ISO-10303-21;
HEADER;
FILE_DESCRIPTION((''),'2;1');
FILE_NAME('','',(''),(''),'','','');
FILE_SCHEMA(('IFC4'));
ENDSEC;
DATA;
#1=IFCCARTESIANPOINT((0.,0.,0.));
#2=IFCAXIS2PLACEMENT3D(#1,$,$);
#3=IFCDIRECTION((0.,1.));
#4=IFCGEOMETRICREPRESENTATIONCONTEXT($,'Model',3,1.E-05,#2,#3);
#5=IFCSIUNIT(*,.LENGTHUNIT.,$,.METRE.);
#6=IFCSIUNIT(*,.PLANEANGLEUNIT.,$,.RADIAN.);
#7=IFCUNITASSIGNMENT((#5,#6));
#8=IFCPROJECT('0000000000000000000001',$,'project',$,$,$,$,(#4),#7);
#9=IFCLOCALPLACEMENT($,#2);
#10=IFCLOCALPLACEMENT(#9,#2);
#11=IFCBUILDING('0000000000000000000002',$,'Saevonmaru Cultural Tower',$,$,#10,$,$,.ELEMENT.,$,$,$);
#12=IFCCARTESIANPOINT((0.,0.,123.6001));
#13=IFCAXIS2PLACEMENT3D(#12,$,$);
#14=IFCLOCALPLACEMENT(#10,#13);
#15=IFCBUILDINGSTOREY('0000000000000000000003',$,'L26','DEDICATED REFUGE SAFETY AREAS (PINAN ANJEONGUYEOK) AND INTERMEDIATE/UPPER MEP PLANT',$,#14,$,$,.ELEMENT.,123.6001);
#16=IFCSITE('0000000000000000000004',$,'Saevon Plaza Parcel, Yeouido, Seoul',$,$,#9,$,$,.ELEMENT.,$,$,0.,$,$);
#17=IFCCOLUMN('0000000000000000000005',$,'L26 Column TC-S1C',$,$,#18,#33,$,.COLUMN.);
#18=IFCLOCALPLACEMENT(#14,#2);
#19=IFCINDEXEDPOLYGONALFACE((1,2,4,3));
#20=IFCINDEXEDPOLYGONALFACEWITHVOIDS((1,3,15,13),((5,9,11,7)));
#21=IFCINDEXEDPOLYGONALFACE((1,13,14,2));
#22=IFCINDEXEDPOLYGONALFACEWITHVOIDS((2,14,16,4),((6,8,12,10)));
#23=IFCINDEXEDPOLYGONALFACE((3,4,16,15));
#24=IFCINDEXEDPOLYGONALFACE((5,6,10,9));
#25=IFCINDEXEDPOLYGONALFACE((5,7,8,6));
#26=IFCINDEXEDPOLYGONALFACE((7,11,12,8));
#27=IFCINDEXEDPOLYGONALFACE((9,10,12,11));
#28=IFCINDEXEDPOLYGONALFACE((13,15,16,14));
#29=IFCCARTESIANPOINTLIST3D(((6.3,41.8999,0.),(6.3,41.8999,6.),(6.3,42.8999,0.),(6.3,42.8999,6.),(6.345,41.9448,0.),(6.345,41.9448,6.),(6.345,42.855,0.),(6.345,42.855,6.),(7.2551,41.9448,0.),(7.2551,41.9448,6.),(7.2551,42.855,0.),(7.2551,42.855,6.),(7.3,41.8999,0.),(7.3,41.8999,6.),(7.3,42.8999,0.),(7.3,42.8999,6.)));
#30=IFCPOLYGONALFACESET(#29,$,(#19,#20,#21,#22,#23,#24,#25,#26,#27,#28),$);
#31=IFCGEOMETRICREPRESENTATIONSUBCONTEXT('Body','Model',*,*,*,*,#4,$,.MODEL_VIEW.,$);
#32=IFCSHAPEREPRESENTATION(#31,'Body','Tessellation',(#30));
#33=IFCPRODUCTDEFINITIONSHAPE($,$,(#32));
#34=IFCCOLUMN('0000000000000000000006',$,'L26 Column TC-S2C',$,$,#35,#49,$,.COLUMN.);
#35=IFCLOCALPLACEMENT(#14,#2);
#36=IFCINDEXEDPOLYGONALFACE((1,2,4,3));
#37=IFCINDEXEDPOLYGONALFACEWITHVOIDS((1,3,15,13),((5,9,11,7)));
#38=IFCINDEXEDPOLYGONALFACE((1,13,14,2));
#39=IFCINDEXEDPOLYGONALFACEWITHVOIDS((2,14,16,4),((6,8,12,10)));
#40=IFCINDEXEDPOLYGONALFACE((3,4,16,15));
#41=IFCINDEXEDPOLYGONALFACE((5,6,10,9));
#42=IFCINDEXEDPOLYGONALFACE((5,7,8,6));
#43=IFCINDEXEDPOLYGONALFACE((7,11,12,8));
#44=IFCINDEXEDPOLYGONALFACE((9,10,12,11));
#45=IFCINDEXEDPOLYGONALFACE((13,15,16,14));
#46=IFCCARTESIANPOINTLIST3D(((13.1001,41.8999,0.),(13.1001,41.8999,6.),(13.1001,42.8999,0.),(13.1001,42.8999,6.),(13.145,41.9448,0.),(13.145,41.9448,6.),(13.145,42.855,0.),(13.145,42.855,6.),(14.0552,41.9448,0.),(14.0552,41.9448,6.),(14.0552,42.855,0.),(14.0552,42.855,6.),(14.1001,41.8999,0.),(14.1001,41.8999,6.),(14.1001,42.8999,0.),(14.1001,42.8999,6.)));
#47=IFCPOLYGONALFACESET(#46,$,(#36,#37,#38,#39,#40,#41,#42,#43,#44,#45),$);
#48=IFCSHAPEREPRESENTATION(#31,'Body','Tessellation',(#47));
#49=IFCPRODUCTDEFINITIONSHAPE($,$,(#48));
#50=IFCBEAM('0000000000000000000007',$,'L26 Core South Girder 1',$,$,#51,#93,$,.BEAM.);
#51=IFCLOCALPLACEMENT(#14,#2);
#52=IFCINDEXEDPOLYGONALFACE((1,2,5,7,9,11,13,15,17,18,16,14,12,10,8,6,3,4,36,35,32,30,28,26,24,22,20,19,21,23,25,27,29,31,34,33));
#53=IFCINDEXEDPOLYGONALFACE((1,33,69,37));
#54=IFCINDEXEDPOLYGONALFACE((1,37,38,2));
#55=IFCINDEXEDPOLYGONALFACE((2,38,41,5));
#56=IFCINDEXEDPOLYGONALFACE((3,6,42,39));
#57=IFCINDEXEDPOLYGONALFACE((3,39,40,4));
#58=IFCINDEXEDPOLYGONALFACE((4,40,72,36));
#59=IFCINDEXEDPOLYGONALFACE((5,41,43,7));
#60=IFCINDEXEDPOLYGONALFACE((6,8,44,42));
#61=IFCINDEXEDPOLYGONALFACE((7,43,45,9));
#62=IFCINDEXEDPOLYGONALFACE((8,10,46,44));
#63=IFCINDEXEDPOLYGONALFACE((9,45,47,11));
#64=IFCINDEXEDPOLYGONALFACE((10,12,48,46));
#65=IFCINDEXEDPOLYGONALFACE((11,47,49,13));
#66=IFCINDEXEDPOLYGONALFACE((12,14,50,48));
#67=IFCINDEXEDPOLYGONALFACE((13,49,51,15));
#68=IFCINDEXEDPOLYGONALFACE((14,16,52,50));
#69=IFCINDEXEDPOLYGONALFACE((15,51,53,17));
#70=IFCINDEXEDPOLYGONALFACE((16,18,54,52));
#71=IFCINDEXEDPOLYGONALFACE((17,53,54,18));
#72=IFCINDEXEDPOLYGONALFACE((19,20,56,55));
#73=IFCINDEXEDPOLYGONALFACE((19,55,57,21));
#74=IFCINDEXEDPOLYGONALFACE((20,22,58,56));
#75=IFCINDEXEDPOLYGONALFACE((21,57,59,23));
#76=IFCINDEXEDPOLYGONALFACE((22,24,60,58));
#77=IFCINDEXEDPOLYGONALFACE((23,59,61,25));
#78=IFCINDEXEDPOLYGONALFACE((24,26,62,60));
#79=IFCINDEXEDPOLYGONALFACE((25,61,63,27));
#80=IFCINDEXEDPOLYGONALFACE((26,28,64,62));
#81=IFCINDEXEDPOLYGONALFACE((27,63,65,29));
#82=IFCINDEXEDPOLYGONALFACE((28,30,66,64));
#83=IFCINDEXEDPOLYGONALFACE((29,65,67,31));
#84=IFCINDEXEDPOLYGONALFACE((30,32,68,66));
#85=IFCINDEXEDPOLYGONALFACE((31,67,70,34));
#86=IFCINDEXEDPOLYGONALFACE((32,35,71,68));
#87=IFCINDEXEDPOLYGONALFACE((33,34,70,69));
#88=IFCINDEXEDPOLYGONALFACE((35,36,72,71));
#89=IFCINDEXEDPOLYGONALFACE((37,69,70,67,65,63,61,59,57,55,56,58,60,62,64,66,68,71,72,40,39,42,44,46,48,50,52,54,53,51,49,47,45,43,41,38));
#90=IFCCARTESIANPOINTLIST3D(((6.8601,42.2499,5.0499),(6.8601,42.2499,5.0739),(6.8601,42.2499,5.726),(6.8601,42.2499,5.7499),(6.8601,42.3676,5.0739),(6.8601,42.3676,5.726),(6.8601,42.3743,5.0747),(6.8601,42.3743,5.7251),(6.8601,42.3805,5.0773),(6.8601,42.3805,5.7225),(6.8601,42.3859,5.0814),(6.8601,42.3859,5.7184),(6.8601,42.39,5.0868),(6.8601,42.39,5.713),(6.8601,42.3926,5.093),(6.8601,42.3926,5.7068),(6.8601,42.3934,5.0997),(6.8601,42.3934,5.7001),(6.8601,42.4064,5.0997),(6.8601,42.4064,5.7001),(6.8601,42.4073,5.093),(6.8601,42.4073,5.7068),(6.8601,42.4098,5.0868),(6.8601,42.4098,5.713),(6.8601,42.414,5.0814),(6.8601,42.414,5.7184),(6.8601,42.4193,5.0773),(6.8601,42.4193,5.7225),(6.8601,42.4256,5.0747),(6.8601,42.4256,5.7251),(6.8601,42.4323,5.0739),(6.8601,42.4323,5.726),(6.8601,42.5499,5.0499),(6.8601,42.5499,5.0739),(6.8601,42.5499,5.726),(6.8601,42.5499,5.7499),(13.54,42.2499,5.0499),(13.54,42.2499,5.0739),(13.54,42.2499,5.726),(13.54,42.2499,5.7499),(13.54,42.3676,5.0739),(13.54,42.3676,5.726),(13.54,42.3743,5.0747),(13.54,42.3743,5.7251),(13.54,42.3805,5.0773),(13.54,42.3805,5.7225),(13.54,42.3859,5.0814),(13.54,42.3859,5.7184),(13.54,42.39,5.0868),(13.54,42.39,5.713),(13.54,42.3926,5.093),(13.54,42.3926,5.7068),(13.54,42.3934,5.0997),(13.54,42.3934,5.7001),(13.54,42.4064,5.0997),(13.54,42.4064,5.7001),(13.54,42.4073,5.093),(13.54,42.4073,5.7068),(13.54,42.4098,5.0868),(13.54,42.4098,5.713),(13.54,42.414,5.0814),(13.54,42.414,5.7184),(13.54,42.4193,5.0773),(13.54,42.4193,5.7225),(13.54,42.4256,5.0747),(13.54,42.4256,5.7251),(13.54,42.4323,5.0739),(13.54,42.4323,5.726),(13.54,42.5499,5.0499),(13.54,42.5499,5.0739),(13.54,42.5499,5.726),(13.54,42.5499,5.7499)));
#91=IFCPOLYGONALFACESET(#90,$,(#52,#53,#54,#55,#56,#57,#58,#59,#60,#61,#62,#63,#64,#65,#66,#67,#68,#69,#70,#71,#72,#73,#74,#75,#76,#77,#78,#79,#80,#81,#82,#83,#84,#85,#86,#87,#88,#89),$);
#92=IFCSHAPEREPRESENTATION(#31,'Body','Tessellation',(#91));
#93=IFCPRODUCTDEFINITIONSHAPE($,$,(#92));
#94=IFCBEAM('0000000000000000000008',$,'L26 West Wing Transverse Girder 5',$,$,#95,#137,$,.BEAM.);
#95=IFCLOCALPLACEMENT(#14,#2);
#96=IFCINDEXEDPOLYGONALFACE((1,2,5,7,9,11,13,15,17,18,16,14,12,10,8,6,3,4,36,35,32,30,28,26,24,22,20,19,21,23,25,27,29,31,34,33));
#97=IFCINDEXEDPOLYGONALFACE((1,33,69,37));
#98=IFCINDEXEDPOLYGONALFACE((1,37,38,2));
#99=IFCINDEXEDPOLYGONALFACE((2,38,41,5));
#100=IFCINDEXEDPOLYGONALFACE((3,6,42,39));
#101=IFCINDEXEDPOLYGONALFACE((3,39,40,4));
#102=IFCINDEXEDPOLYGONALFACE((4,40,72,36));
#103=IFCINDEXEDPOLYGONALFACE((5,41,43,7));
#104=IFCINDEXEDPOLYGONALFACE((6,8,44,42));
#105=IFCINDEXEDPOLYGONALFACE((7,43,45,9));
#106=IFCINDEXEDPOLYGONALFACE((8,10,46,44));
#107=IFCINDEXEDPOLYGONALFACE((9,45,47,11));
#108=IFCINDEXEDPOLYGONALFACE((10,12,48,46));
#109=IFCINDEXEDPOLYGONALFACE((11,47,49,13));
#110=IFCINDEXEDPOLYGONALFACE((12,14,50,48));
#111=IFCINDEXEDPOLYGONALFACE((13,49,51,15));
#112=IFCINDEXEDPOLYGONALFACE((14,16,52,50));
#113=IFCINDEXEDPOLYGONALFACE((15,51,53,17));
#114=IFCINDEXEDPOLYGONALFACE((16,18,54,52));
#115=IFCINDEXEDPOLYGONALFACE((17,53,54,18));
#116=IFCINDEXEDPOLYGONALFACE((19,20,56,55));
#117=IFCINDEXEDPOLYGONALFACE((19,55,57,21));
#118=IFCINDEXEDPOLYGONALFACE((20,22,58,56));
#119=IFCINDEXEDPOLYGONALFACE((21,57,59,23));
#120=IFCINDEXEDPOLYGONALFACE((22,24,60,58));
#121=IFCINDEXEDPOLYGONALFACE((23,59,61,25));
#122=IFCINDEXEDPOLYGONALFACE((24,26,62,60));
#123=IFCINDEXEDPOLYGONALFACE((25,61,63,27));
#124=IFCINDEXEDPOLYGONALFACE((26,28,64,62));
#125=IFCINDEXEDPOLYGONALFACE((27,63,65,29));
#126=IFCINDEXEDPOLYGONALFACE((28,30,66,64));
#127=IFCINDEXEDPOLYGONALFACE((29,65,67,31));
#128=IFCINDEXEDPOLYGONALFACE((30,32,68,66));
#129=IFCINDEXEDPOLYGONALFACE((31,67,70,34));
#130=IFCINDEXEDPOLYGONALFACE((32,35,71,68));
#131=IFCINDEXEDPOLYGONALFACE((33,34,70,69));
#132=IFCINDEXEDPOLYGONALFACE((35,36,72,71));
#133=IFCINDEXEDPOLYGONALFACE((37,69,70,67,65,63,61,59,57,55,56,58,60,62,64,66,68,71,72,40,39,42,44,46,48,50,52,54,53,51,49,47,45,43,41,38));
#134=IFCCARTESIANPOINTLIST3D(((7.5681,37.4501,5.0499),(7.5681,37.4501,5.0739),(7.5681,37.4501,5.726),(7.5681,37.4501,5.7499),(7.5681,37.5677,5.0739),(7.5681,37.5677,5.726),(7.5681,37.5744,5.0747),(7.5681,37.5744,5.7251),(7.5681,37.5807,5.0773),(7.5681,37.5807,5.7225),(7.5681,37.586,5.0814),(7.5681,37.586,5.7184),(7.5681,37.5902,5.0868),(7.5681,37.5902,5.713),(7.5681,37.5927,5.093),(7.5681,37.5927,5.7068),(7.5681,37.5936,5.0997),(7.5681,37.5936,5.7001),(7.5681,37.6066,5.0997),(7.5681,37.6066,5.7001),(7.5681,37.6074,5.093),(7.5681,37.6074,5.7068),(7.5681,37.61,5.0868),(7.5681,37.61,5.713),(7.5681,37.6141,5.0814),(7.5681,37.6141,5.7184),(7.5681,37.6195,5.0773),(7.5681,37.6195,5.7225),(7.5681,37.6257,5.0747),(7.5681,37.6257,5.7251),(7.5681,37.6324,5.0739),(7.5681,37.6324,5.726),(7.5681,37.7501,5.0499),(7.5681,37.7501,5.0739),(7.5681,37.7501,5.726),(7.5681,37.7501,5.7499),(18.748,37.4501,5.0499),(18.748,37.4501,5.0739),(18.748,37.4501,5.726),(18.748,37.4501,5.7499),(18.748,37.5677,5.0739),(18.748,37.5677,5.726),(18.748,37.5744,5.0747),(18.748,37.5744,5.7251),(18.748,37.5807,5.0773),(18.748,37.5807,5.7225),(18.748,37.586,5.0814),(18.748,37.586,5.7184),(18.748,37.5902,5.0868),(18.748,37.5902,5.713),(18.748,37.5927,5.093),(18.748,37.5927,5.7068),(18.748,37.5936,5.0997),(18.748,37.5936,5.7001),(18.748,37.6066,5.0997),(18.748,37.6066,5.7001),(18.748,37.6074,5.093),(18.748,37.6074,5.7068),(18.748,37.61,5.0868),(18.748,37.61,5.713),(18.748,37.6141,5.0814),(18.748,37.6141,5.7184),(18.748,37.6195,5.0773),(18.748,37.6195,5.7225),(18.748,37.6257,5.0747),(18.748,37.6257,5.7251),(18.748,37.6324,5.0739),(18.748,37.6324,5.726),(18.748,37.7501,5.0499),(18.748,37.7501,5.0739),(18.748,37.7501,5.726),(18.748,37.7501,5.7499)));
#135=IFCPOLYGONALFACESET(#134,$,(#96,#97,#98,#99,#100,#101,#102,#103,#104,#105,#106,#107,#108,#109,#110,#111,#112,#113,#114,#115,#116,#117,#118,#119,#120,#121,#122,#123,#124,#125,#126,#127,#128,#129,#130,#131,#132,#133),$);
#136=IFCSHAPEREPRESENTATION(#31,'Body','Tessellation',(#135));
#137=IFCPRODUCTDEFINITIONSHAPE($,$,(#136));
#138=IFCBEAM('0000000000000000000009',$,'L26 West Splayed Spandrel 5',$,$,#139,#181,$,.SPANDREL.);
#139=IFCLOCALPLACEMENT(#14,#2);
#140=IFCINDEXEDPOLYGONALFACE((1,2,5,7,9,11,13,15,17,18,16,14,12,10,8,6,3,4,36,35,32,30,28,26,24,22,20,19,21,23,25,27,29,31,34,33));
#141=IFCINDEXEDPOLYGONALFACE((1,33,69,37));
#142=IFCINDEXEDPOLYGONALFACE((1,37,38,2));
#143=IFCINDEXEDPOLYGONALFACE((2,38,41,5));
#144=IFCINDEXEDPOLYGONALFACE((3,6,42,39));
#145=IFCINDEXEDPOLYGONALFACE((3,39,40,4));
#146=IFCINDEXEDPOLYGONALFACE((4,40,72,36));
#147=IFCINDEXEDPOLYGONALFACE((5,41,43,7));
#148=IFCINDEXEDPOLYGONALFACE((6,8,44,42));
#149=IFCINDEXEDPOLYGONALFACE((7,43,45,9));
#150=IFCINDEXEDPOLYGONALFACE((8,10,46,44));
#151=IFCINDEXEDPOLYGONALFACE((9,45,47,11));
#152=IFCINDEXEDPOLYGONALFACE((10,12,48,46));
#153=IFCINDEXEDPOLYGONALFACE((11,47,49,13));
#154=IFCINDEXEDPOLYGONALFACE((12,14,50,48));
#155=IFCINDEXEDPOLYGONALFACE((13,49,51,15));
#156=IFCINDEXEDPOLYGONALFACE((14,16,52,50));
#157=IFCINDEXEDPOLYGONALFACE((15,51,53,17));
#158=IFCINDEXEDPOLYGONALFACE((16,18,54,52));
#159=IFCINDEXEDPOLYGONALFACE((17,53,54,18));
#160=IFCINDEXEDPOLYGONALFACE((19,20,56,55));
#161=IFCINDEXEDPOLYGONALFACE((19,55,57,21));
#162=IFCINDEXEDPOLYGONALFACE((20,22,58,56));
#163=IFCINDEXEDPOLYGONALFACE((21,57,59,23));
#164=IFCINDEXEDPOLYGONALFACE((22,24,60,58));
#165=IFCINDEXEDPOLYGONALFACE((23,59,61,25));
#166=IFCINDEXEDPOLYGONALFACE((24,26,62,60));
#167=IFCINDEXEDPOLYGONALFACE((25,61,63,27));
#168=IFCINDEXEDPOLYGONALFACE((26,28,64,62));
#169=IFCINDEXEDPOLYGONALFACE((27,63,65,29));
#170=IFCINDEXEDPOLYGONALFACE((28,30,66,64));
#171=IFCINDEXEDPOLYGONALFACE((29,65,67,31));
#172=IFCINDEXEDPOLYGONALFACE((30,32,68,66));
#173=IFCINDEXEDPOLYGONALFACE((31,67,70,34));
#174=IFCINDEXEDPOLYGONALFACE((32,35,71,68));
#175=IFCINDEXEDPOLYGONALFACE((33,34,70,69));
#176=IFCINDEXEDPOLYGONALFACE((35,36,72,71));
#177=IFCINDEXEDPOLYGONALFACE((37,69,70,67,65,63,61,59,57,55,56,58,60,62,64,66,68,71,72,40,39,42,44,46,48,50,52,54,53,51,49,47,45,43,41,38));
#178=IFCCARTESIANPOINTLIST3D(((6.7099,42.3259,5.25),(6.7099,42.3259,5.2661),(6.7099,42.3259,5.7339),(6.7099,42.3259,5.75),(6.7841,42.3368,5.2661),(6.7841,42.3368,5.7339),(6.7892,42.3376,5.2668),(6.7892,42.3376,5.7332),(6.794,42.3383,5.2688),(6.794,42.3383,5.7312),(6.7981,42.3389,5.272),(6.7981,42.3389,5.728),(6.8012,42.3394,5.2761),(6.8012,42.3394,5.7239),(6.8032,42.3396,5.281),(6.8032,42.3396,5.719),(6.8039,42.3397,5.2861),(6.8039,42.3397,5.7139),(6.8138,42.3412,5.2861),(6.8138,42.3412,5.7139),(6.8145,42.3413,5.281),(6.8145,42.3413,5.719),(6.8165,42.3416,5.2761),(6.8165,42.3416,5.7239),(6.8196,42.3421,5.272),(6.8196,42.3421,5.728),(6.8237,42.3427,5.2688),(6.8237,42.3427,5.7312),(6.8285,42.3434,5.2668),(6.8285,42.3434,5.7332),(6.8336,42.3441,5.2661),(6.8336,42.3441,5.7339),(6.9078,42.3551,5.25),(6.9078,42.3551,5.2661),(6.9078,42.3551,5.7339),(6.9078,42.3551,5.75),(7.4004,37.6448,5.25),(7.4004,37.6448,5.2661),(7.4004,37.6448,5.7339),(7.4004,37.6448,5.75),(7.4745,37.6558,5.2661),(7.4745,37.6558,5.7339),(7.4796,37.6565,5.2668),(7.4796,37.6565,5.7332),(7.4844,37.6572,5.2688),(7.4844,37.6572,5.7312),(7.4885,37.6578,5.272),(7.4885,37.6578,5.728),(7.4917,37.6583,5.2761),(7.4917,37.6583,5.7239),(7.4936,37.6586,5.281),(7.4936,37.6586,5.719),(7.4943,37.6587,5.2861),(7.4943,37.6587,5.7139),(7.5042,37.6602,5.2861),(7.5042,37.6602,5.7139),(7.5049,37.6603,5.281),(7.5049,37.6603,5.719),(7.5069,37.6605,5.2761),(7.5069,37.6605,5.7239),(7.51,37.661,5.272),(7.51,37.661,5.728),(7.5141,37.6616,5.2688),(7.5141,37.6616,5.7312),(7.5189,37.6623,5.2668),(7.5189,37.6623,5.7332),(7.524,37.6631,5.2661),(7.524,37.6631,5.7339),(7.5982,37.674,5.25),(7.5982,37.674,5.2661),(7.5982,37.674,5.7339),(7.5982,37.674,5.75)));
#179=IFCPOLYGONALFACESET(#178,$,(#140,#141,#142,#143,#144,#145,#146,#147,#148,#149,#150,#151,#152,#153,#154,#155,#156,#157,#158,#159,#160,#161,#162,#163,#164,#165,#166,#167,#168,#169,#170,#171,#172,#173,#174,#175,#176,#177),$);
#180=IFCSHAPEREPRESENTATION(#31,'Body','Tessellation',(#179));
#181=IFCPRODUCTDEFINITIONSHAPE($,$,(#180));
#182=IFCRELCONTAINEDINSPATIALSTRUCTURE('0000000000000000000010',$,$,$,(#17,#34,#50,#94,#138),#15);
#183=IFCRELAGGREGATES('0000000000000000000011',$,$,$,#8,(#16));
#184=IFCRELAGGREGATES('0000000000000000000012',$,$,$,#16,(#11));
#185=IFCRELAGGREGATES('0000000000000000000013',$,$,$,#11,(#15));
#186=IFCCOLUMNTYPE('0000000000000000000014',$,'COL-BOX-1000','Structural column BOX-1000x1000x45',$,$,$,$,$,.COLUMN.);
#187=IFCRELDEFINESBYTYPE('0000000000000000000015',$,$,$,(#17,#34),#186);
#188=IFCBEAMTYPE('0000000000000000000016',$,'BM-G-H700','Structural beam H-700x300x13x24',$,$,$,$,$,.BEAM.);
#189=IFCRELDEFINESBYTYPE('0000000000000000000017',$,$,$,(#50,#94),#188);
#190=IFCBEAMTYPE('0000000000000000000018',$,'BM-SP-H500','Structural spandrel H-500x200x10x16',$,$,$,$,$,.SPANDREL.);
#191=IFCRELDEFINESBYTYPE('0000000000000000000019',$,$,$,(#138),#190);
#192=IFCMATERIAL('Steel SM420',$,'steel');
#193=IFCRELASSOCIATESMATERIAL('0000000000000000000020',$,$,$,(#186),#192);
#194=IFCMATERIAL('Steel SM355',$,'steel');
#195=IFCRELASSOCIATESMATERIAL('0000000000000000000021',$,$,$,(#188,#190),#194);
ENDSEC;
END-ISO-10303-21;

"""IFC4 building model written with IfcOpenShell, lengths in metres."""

from ifc_helpers import new_model, si_unit, direction, frame, origin, origin_2d, place, context, subcontext, project, spatial, hollow_rectangle, i_section, extrude, material, material_profile, profile_set, type_object, element, save


model = new_model("IFC4")

# Units and contexts
model_context = context("Model", 3, precision=1e-05, world=origin(), true_north=direction((0.0, 1.0)))
body_context = subcontext(model_context, "Body", "Model", "MODEL_VIEW")
ifc_project = project(units=[si_unit("LENGTHUNIT", "METRE"), si_unit("PLANEANGLEUNIT", "RADIAN")], contexts=[model_context])

# Site, building, storey
site_placement = place(None, origin())
site = spatial("IfcSite", under=ifc_project, at=site_placement, Name="Saevon Plaza Parcel, Yeouido, Seoul", CompositionType="ELEMENT", RefElevation=0.0)
building_placement = place(site_placement, origin())
building = spatial("IfcBuilding", under=site, at=building_placement, Name="Saevonmaru Cultural Tower", CompositionType="ELEMENT")
storey_placement = place(building_placement, frame((0.0, 0.0, 123.6001)))
storey = spatial("IfcBuildingStorey", under=building, at=storey_placement, Name="L26", Description="DEDICATED REFUGE SAFETY AREAS (PINAN ANJEONGUYEOK) AND INTERMEDIATE/UPPER MEP PLANT", CompositionType="ELEMENT", Elevation=123.6001)

# Columns
ifc_material_1 = material(Name="Steel SM420", Category="steel")
ifc_material_profile_1 = material_profile(ifc_material_1, hollow_rectangle(XDim=1.0, YDim=1.0, WallThickness=0.0449, at=origin_2d()), Name="BOX-1000x1000x45")
ifc_profile_set_1 = profile_set([ifc_material_profile_1], Name="Steel SM420")
column_type = type_object("IfcColumnType", Name="COL-BOX-1000", Description="Structural column BOX-1000x1000x45", PredefinedType="COLUMN", material=ifc_profile_set_1)
for number, where, z_axis, x_axis, name in (
    (1, (6.8, 42.3999, 0.0), (0.0, 0.0, 1.0), (1.0, 0.0, 0.0), "L26 Column TC-S1C"),
    (2, (13.6001, 42.3999, 0.0), (0.0, 0.0, 1.0), (1.0, 0.0, 0.0), "L26 Column TC-S2C"),
):
    element("IfcColumn", number, at=place(storey_placement, frame(where, z_axis=z_axis, x_axis=x_axis)), inside=storey, type_object=column_type, Name=name, PredefinedType="COLUMN", context=body_context, shape_type="SweptSolid", body=[
        extrude(hollow_rectangle(XDim=1.0, YDim=1.0, WallThickness=0.0449, at=origin_2d()), origin(), (0.0, 0.0, 1.0), 6.0),
    ])

# Beams
ifc_material_2 = material(Name="Steel SM355", Category="steel")
ifc_material_profile_2 = material_profile(ifc_material_2, i_section(OverallWidth=0.3, OverallDepth=0.7, WebThickness=0.0129, FlangeThickness=0.0239, FilletRadius=0.0259, at=origin_2d()), Name="H-700x300x13x24")
ifc_profile_set_2 = profile_set([ifc_material_profile_2], Name="Steel SM355")
beam_type_1 = type_object("IfcBeamType", Name="BM-G-H700", Description="Structural beam H-700x300x13x24", PredefinedType="BEAM", material=ifc_profile_set_2)
beam_1_placement = place(storey_placement, frame((6.8601, 42.3999, 5.3999), z_axis=(1.0, 0.0, 0.0), x_axis=(0.0, 1.0, 0.0)))
element("IfcBeam", 3, at=beam_1_placement, inside=storey, type_object=beam_type_1, Name="L26 Core South Girder 1", PredefinedType="BEAM", context=body_context, shape_type="SweptSolid", body=[
    extrude(i_section(OverallWidth=0.3, OverallDepth=0.7, WebThickness=0.0129, FlangeThickness=0.0239, FilletRadius=0.0259, at=origin_2d()), origin(), (0.0, 0.0, 1.0), 6.6799),
])
beam_2_placement = place(storey_placement, frame((7.5681, 37.6001, 5.3999), z_axis=(1.0, 0.0, 0.0), x_axis=(0.0, 1.0, 0.0)))
element("IfcBeam", 4, at=beam_2_placement, inside=storey, type_object=beam_type_1, Name="L26 West Wing Transverse Girder 5", PredefinedType="BEAM", context=body_context, shape_type="SweptSolid", body=[
    extrude(i_section(OverallWidth=0.3, OverallDepth=0.7, WebThickness=0.0129, FlangeThickness=0.0239, FilletRadius=0.0259, at=origin_2d()), origin(), (0.0, 0.0, 1.0), 11.1799),
])
ifc_material_profile_3 = material_profile(ifc_material_2, i_section(OverallWidth=0.2, OverallDepth=0.5, WebThickness=0.01, FlangeThickness=0.0161, FilletRadius=0.02, at=origin_2d()), Name="H-500x200x10x16")
ifc_profile_set_3 = profile_set([ifc_material_profile_3], Name="Steel SM355")
beam_type_2 = type_object("IfcBeamType", Name="BM-SP-H500", Description="Structural spandrel H-500x200x10x16", PredefinedType="SPANDREL", material=ifc_profile_set_3)
beam_3_placement = place(storey_placement, frame((7.4993, 37.6594, 5.5), z_axis=(-0.145913, 0.989297, 0.0), x_axis=(-0.989297, -0.145913, 0.0)))
element("IfcBeam", 5, at=beam_3_placement, inside=storey, type_object=beam_type_2, Name="L26 West Splayed Spandrel 5", PredefinedType="SPANDREL", context=body_context, shape_type="SweptSolid", body=[
    extrude(i_section(OverallWidth=0.2, OverallDepth=0.5, WebThickness=0.01, FlangeThickness=0.0161, FilletRadius=0.02, at=origin_2d()), origin(), (0.0, 0.0, 1.0), 4.7317),
])

save(model, "model.ifc")
